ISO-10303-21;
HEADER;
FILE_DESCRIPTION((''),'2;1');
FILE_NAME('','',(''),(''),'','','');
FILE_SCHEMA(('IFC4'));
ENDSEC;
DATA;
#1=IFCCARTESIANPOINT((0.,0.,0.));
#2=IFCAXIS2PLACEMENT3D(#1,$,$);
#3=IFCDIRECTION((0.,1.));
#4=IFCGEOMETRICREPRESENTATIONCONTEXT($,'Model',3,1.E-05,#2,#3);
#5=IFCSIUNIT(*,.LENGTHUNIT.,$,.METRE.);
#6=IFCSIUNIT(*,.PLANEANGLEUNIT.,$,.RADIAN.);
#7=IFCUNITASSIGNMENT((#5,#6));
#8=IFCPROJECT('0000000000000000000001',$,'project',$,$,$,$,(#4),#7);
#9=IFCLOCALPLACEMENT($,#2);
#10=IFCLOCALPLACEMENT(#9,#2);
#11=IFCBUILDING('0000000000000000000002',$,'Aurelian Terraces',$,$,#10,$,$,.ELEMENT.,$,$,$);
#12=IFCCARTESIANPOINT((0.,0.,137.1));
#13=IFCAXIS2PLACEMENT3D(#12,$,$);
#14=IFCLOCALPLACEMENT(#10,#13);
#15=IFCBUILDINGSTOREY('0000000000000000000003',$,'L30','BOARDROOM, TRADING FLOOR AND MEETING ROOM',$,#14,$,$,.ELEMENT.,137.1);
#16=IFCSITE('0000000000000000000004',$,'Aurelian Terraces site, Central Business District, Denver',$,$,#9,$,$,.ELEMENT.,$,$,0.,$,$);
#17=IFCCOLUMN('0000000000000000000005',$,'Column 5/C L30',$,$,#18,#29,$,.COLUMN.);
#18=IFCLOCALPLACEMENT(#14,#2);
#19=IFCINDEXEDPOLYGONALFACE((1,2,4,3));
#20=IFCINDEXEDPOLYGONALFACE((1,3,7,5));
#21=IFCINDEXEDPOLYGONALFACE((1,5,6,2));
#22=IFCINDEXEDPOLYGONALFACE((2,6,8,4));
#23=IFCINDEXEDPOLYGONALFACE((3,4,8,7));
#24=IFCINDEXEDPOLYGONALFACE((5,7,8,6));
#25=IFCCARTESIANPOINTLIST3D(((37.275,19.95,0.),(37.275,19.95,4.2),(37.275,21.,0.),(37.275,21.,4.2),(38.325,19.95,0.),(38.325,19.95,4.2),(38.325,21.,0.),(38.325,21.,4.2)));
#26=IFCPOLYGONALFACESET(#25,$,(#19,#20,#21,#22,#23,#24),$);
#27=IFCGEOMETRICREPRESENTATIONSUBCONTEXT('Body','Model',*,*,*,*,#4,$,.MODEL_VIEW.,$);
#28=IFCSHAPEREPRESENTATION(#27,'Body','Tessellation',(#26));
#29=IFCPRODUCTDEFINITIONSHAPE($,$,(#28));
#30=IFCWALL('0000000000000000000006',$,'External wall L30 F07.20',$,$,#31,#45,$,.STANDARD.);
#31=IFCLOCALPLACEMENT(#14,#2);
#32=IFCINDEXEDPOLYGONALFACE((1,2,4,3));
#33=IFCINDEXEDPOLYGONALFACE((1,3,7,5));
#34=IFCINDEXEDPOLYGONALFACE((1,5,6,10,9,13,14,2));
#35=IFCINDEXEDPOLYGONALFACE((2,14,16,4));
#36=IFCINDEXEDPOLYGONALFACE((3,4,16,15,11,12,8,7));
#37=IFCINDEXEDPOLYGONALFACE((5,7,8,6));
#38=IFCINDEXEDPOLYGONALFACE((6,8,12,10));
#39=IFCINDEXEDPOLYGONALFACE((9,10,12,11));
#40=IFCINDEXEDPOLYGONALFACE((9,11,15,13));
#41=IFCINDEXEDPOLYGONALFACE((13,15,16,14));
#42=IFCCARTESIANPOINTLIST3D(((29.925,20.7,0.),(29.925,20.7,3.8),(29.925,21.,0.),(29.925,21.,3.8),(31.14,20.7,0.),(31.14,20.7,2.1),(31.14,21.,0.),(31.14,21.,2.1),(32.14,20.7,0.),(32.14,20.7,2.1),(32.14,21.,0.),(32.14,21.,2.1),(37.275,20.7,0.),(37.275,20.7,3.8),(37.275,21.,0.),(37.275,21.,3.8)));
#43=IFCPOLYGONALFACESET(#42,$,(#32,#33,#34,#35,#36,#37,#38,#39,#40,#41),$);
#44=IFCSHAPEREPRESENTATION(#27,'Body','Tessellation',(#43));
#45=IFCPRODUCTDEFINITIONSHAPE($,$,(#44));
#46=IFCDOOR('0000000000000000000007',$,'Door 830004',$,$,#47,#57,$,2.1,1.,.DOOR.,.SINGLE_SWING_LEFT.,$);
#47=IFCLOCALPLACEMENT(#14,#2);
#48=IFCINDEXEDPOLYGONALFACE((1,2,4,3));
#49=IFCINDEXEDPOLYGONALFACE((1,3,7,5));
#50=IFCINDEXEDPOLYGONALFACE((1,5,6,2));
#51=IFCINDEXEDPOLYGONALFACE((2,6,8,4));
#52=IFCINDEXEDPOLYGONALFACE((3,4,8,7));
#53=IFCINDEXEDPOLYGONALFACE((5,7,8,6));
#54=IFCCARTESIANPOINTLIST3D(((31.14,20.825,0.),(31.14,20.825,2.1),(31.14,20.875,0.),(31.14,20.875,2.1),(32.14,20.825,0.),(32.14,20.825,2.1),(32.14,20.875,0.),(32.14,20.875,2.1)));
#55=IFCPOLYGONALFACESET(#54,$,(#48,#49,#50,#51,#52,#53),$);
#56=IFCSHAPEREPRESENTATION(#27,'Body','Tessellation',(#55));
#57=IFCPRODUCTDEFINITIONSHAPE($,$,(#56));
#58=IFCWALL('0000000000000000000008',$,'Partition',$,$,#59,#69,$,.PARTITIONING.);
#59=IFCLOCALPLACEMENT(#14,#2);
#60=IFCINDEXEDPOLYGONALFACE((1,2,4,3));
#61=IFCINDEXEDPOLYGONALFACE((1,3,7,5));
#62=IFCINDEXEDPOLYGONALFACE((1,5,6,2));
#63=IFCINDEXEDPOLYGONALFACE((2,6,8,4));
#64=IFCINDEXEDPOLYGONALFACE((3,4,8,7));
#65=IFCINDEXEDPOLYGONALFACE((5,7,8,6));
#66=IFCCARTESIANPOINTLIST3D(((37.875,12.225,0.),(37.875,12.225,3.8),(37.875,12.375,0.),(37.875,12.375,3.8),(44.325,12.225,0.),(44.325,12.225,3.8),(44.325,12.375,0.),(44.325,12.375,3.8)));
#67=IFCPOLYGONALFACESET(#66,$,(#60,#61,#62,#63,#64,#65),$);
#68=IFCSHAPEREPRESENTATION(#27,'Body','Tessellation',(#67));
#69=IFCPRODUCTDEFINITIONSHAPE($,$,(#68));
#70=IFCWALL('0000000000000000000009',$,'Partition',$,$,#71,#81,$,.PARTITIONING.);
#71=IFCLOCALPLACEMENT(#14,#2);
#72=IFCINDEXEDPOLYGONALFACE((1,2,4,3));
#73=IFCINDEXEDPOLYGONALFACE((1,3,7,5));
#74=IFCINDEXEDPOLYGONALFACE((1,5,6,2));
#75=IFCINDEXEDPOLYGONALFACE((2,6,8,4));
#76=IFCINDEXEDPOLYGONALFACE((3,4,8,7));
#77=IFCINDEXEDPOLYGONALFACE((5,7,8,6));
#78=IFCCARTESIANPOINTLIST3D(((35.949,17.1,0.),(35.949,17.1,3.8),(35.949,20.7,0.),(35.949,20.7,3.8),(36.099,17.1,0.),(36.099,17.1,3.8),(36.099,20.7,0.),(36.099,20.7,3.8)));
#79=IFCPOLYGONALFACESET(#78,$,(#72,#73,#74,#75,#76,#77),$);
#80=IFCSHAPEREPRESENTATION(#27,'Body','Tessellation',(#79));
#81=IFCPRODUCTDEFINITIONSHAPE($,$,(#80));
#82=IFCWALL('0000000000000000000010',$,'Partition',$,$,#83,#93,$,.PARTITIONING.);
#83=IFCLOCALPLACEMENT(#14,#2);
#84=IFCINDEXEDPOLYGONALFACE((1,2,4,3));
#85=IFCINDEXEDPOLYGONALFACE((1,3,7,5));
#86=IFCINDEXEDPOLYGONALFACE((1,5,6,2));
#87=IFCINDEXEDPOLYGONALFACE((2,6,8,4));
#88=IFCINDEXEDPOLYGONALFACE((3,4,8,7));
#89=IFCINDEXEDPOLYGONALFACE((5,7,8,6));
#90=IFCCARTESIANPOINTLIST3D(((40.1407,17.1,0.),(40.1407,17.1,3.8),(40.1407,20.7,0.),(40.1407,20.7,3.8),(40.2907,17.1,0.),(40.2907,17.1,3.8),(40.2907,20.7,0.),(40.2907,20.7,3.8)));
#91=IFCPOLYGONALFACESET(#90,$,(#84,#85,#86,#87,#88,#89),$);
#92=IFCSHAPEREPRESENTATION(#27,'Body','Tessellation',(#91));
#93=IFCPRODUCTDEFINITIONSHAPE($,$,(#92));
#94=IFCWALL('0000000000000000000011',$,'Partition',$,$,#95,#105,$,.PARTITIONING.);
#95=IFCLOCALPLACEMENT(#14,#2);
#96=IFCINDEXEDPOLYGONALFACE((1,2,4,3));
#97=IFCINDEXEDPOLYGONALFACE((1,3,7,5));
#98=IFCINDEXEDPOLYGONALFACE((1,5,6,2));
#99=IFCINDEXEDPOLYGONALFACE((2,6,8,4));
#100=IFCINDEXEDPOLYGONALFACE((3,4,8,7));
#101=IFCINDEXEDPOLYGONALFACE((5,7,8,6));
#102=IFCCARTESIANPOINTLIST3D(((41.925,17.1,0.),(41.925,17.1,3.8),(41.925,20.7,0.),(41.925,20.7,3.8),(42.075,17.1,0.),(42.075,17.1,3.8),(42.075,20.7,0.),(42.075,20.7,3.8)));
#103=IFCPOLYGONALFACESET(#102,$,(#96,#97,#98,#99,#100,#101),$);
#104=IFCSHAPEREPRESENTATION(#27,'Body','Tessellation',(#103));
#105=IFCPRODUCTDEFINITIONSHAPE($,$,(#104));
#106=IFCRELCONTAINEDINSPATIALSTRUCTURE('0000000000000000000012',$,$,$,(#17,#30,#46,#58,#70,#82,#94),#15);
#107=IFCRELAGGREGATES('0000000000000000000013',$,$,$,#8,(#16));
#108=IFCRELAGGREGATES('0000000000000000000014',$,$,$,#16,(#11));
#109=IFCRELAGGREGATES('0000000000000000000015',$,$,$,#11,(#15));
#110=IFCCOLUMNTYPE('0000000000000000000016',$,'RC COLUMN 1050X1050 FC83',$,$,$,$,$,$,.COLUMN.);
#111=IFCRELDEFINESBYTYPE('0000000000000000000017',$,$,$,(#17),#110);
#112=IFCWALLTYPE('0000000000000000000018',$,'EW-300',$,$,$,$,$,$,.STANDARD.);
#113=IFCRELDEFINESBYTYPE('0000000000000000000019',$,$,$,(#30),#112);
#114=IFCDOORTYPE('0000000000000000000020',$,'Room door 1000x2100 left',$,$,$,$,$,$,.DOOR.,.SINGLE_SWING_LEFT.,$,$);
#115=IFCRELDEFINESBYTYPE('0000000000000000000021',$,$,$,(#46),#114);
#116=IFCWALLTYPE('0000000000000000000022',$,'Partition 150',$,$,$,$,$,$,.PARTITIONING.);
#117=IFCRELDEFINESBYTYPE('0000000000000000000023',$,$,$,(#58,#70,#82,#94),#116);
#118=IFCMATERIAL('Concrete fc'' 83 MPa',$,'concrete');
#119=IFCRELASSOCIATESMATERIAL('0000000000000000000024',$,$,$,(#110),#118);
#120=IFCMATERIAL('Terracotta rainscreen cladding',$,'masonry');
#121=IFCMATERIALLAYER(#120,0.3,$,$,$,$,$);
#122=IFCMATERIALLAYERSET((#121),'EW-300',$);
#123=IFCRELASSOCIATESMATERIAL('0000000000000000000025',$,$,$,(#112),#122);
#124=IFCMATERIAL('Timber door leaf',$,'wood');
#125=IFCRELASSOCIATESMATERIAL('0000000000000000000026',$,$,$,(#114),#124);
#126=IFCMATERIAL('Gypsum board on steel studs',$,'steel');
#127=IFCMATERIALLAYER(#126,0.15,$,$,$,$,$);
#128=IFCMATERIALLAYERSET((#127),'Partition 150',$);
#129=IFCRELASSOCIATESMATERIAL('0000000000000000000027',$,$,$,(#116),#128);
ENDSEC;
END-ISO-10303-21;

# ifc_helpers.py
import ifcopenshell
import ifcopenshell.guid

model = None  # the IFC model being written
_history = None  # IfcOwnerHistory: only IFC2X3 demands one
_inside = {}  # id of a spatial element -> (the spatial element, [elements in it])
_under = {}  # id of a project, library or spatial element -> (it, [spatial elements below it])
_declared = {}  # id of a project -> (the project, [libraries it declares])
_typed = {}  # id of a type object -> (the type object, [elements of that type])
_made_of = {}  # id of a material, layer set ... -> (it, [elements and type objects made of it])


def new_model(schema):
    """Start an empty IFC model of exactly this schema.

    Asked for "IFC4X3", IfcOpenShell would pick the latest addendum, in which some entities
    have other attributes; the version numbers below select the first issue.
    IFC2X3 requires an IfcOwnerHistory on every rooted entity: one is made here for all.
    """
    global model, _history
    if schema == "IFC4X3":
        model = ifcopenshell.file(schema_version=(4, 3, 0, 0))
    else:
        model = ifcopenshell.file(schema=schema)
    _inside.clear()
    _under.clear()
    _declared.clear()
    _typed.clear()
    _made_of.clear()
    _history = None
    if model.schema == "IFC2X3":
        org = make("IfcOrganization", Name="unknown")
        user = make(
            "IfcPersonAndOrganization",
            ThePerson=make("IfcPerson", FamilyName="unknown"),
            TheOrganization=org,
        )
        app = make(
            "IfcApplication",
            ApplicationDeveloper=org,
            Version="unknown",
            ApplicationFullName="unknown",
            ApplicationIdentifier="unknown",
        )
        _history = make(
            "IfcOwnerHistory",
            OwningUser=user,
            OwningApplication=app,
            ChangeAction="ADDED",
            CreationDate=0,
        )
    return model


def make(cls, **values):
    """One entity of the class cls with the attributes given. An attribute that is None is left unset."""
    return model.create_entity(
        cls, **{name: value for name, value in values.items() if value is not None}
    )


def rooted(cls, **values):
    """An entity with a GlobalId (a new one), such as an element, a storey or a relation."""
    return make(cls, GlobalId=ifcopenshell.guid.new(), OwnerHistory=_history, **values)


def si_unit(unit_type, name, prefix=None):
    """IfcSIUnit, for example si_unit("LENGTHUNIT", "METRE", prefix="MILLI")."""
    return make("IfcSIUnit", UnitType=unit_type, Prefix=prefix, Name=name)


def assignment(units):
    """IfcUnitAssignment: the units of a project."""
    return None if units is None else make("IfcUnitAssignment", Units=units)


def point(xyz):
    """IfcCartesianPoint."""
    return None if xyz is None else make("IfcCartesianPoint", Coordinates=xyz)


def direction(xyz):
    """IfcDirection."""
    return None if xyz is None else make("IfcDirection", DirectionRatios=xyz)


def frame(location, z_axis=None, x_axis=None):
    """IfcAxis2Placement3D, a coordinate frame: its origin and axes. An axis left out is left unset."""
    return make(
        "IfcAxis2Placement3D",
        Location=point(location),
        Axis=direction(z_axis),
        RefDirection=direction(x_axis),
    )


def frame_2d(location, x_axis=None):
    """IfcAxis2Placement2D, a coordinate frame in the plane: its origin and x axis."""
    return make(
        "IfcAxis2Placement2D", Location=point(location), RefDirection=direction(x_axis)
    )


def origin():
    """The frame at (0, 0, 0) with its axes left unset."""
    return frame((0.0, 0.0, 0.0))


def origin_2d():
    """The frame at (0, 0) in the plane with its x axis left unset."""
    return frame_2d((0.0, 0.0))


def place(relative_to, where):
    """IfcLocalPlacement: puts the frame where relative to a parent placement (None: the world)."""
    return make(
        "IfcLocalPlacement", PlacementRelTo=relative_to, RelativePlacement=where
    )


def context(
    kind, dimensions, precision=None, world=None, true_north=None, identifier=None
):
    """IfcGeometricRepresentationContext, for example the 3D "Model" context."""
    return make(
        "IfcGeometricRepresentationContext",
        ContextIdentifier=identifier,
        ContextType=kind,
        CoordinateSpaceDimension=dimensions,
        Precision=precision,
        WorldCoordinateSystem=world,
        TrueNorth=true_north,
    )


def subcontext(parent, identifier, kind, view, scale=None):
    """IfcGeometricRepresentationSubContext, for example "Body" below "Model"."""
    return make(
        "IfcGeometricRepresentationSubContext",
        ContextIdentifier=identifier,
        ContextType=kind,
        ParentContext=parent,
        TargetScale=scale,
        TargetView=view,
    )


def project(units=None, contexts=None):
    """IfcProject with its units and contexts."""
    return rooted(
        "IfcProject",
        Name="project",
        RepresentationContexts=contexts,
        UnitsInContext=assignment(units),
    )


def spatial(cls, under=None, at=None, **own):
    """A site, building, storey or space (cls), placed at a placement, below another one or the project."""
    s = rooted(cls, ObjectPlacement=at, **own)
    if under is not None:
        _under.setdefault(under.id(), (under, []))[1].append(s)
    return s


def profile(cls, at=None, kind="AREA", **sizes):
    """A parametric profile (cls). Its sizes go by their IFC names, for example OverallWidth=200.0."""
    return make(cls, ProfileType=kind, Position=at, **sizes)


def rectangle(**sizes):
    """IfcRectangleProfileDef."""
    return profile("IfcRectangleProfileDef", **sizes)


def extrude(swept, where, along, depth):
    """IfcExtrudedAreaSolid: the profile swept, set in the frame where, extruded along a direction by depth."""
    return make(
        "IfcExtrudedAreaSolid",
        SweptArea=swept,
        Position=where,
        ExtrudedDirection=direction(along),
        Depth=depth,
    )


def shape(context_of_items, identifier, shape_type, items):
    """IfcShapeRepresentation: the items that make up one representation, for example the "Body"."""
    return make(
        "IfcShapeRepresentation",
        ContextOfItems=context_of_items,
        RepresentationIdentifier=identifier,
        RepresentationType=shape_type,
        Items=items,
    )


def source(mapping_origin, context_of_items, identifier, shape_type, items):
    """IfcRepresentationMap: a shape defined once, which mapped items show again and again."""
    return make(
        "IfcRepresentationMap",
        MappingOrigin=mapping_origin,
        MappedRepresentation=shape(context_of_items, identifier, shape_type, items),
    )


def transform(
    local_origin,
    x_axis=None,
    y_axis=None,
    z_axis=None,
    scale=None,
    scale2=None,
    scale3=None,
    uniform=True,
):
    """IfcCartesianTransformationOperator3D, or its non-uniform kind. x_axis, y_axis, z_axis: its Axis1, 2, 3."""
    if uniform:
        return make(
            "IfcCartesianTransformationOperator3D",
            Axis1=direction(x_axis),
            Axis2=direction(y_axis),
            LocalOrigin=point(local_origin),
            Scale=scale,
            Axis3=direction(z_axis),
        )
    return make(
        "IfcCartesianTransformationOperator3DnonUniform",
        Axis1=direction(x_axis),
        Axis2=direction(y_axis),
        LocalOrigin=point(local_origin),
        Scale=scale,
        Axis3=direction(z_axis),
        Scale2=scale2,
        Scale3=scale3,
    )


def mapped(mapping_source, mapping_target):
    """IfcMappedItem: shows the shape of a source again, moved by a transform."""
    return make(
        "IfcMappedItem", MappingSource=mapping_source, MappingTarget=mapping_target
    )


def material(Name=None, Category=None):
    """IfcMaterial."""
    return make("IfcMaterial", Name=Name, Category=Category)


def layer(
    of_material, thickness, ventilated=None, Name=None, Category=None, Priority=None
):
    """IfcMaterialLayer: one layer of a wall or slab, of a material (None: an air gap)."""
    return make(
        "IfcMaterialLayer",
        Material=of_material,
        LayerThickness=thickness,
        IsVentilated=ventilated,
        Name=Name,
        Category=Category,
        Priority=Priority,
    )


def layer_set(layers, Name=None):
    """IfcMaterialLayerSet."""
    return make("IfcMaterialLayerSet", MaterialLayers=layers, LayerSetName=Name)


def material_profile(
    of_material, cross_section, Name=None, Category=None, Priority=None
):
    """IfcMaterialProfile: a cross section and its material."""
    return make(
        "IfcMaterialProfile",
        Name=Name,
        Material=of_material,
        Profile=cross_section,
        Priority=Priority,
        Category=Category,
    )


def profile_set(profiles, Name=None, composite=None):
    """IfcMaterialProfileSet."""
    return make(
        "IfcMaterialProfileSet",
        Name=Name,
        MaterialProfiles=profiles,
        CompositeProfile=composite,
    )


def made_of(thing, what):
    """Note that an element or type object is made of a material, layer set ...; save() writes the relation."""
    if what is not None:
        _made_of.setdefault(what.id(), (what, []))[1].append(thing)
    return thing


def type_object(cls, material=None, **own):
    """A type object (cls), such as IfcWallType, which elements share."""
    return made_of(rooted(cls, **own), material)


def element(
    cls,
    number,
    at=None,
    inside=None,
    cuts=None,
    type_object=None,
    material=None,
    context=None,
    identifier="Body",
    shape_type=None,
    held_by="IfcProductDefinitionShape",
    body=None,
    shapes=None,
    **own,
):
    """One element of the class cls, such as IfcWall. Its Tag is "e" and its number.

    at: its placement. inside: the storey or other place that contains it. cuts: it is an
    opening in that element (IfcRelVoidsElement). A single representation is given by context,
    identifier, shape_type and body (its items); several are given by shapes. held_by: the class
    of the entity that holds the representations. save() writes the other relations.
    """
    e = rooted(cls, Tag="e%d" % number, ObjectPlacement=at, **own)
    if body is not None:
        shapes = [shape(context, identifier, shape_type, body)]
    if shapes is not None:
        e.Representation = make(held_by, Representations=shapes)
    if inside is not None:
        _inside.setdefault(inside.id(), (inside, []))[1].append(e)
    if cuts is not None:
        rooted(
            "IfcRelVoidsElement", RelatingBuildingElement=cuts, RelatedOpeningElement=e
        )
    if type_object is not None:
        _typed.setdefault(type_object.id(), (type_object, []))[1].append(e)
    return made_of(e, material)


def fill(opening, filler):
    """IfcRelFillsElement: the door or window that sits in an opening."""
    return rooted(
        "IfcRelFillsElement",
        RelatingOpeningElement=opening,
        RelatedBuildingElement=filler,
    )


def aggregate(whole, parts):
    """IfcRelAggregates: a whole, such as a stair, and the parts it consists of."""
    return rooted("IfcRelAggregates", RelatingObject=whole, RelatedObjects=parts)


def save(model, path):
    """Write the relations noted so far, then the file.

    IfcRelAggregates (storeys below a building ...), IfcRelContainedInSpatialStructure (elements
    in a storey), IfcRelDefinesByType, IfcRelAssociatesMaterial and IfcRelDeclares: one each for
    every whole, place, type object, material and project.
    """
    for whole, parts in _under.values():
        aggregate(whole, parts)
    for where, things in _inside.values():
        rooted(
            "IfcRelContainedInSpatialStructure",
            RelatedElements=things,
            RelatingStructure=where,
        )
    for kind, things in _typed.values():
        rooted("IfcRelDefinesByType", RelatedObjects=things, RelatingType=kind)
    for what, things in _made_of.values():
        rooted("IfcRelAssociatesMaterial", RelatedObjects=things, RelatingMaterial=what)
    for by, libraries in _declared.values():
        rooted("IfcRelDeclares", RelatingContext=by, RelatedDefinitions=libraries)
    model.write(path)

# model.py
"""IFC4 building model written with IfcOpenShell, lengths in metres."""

from ifc_helpers import new_model, si_unit, direction, frame, frame_2d, origin, origin_2d, place, context, subcontext, project, spatial, rectangle, extrude, source, transform, mapped, material, layer, layer_set, material_profile, profile_set, type_object, element, fill, save


model = new_model("IFC4")

# Units and contexts
model_context = context("Model", 3, precision=1e-05, world=origin(), true_north=direction((0.0, 1.0)))
body_context = subcontext(model_context, "Body", "Model", "MODEL_VIEW")
ifc_project = project(units=[si_unit("LENGTHUNIT", "METRE"), si_unit("PLANEANGLEUNIT", "RADIAN")], contexts=[model_context])

# Site, building, storey
site_placement = place(None, origin())
site = spatial("IfcSite", under=ifc_project, at=site_placement, Name="Aurelian Terraces site, Central Business District, Denver", CompositionType="ELEMENT", RefElevation=0.0)
building_placement = place(site_placement, origin())
building = spatial("IfcBuilding", under=site, at=building_placement, Name="Aurelian Terraces", CompositionType="ELEMENT")
storey_placement = place(building_placement, frame((0.0, 0.0, 137.1)))
storey = spatial("IfcBuildingStorey", under=building, at=storey_placement, Name="L30", Description="BOARDROOM, TRADING FLOOR AND MEETING ROOM", CompositionType="ELEMENT", Elevation=137.1)

# Column
ifc_material_1 = material(Name="Concrete fc' 83 MPa", Category="concrete")
ifc_material_profile = material_profile(ifc_material_1, rectangle(XDim=1.05, YDim=1.05, at=origin_2d()))
ifc_profile_set = profile_set([ifc_material_profile], Name="Concrete fc' 83 MPa")
column_type = type_object("IfcColumnType", Name="RC COLUMN 1050X1050 FC83", PredefinedType="COLUMN", material=ifc_profile_set)
shared_shape_1 = source(origin(), body_context, "Body", "SweptSolid", [
    extrude(rectangle(XDim=1.05, YDim=1.05, at=origin_2d()), origin(), (0.0, 0.0, 1.0), 4.2),
])
column_placement = place(storey_placement, frame((37.8, 20.475, 0.0), z_axis=(0.0, 0.0, 1.0), x_axis=(1.0, 0.0, 0.0)))
element("IfcColumn", 1, at=column_placement, inside=storey, type_object=column_type, Name="Column 5/C L30", PredefinedType="COLUMN", context=body_context, shape_type="MappedRepresentation", body=[
    mapped(shared_shape_1, transform((0.0, 0.0, 0.0), scale=1.0)),
])

# Wall, opening, door
ifc_material_2 = material(Name="Terracotta rainscreen cladding", Category="masonry")
ifc_layer_1 = layer(ifc_material_2, 0.3)
ifc_layer_set_1 = layer_set([ifc_layer_1], Name="EW-300")
wall_type_1 = type_object("IfcWallType", Name="EW-300", PredefinedType="STANDARD", material=ifc_layer_set_1)
shared_shape_2 = source(origin(), body_context, "Body", "SweptSolid", [
    extrude(rectangle(XDim=7.35, YDim=0.3, at=frame_2d((3.675, 0.0))), origin(), (0.0, 0.0, 1.0), 3.8),
])
wall_1_placement = place(storey_placement, frame((37.275, 20.85, 0.0), z_axis=(0.0, 0.0, 1.0), x_axis=(-1.0, 0.0, 0.0)))
wall_1 = element("IfcWall", 2, at=wall_1_placement, inside=storey, type_object=wall_type_1, Name="External wall L30 F07.20", PredefinedType="STANDARD", context=body_context, shape_type="MappedRepresentation", body=[
    mapped(shared_shape_2, transform((0.0, 0.0, 0.0), scale=1.0)),
])
shared_shape_3 = source(origin(), body_context, "Body", "SweptSolid", [
    extrude(rectangle(XDim=1.0, YDim=2.1, at=frame_2d((0.5, 1.05))), frame((0.0, 0.16, 0.0), z_axis=(0.0, -1.0, 0.0), x_axis=(1.0, 0.0, 0.0)), (0.0, 0.0, 1.0), 0.32),
])
opening_1_placement = place(wall_1_placement, frame((5.135, 0.0, 0.0)))
opening_1 = element("IfcOpeningElement", 3, at=opening_1_placement, cuts=wall_1, PredefinedType="OPENING", context=body_context, shape_type="MappedRepresentation", body=[
    mapped(shared_shape_3, transform((0.0, 0.0, 0.0), scale=1.0)),
])
ifc_material_3 = material(Name="Timber door leaf", Category="wood")
door_type_1 = type_object("IfcDoorType", Name="Room door 1000x2100 left", OperationType="SINGLE_SWING_LEFT", PredefinedType="DOOR", material=ifc_material_3)
shared_shape_4 = source(origin(), body_context, "Body", "SweptSolid", [
    extrude(rectangle(XDim=1.0, YDim=2.1, at=frame_2d((0.5, 1.05))), frame((0.0, 0.025, 0.0), z_axis=(0.0, -1.0, 0.0), x_axis=(1.0, 0.0, 0.0)), (0.0, 0.0, 1.0), 0.05),
])
door_1_placement = place(opening_1_placement, origin())
door_1 = element("IfcDoor", 4, at=door_1_placement, inside=storey, type_object=door_type_1, Name="Door 830004", OperationType="SINGLE_SWING_LEFT", OverallHeight=2.1, OverallWidth=1.0, PredefinedType="DOOR", context=body_context, shape_type="MappedRepresentation", body=[
    mapped(shared_shape_4, transform((0.0, 0.0, 0.0), scale=1.0)),
])
fill(opening_1, door_1)

# Walls
ifc_material_4 = material(Name="Gypsum board on steel studs", Category="steel")
ifc_layer_2 = layer(ifc_material_4, 0.15)
ifc_layer_set_2 = layer_set([ifc_layer_2], Name="Partition 150")
wall_type_2 = type_object("IfcWallType", Name="Partition 150", PredefinedType="PARTITIONING", material=ifc_layer_set_2)
shared_shape_5 = source(origin(), body_context, "Body", "SweptSolid", [
    extrude(rectangle(XDim=6.45, YDim=0.15, at=frame_2d((3.225, 0.0))), origin(), (0.0, 0.0, 1.0), 3.8),
])
wall_2_placement = place(storey_placement, frame((37.875, 12.3, 0.0), z_axis=(0.0, 0.0, 1.0), x_axis=(1.0, 0.0, 0.0)))
element("IfcWall", 5, at=wall_2_placement, inside=storey, type_object=wall_type_2, Name="Partition", PredefinedType="PARTITIONING", context=body_context, shape_type="MappedRepresentation", body=[
    mapped(shared_shape_5, transform((0.0, 0.0, 0.0), scale=1.0)),
])
shared_shape_6 = source(origin(), body_context, "Body", "SweptSolid", [
    extrude(rectangle(XDim=3.6, YDim=0.15, at=frame_2d((1.8, 0.0))), origin(), (0.0, 0.0, 1.0), 3.8),
])
for number, where, z_axis, x_axis, name in (
    (6, (36.024, 20.7, 0.0), (0.0, 0.0, 1.0), (0.0, -1.0, 0.0), "Partition"),
    (7, (40.2157, 20.7, 0.0), (0.0, 0.0, 1.0), (0.0, -1.0, 0.0), "Partition"),
    (8, (42.0, 17.1, 0.0), (0.0, 0.0, 1.0), (0.0, 1.0, 0.0), "Partition"),
):
    element("IfcWall", number, at=place(storey_placement, frame(where, z_axis=z_axis, x_axis=x_axis)), inside=storey, type_object=wall_type_2, Name=name, PredefinedType="PARTITIONING", context=body_context, shape_type="MappedRepresentation", body=[
        mapped(shared_shape_6, transform((0.0, 0.0, 0.0), scale=1.0)),
    ])

save(model, "model.ifc")
